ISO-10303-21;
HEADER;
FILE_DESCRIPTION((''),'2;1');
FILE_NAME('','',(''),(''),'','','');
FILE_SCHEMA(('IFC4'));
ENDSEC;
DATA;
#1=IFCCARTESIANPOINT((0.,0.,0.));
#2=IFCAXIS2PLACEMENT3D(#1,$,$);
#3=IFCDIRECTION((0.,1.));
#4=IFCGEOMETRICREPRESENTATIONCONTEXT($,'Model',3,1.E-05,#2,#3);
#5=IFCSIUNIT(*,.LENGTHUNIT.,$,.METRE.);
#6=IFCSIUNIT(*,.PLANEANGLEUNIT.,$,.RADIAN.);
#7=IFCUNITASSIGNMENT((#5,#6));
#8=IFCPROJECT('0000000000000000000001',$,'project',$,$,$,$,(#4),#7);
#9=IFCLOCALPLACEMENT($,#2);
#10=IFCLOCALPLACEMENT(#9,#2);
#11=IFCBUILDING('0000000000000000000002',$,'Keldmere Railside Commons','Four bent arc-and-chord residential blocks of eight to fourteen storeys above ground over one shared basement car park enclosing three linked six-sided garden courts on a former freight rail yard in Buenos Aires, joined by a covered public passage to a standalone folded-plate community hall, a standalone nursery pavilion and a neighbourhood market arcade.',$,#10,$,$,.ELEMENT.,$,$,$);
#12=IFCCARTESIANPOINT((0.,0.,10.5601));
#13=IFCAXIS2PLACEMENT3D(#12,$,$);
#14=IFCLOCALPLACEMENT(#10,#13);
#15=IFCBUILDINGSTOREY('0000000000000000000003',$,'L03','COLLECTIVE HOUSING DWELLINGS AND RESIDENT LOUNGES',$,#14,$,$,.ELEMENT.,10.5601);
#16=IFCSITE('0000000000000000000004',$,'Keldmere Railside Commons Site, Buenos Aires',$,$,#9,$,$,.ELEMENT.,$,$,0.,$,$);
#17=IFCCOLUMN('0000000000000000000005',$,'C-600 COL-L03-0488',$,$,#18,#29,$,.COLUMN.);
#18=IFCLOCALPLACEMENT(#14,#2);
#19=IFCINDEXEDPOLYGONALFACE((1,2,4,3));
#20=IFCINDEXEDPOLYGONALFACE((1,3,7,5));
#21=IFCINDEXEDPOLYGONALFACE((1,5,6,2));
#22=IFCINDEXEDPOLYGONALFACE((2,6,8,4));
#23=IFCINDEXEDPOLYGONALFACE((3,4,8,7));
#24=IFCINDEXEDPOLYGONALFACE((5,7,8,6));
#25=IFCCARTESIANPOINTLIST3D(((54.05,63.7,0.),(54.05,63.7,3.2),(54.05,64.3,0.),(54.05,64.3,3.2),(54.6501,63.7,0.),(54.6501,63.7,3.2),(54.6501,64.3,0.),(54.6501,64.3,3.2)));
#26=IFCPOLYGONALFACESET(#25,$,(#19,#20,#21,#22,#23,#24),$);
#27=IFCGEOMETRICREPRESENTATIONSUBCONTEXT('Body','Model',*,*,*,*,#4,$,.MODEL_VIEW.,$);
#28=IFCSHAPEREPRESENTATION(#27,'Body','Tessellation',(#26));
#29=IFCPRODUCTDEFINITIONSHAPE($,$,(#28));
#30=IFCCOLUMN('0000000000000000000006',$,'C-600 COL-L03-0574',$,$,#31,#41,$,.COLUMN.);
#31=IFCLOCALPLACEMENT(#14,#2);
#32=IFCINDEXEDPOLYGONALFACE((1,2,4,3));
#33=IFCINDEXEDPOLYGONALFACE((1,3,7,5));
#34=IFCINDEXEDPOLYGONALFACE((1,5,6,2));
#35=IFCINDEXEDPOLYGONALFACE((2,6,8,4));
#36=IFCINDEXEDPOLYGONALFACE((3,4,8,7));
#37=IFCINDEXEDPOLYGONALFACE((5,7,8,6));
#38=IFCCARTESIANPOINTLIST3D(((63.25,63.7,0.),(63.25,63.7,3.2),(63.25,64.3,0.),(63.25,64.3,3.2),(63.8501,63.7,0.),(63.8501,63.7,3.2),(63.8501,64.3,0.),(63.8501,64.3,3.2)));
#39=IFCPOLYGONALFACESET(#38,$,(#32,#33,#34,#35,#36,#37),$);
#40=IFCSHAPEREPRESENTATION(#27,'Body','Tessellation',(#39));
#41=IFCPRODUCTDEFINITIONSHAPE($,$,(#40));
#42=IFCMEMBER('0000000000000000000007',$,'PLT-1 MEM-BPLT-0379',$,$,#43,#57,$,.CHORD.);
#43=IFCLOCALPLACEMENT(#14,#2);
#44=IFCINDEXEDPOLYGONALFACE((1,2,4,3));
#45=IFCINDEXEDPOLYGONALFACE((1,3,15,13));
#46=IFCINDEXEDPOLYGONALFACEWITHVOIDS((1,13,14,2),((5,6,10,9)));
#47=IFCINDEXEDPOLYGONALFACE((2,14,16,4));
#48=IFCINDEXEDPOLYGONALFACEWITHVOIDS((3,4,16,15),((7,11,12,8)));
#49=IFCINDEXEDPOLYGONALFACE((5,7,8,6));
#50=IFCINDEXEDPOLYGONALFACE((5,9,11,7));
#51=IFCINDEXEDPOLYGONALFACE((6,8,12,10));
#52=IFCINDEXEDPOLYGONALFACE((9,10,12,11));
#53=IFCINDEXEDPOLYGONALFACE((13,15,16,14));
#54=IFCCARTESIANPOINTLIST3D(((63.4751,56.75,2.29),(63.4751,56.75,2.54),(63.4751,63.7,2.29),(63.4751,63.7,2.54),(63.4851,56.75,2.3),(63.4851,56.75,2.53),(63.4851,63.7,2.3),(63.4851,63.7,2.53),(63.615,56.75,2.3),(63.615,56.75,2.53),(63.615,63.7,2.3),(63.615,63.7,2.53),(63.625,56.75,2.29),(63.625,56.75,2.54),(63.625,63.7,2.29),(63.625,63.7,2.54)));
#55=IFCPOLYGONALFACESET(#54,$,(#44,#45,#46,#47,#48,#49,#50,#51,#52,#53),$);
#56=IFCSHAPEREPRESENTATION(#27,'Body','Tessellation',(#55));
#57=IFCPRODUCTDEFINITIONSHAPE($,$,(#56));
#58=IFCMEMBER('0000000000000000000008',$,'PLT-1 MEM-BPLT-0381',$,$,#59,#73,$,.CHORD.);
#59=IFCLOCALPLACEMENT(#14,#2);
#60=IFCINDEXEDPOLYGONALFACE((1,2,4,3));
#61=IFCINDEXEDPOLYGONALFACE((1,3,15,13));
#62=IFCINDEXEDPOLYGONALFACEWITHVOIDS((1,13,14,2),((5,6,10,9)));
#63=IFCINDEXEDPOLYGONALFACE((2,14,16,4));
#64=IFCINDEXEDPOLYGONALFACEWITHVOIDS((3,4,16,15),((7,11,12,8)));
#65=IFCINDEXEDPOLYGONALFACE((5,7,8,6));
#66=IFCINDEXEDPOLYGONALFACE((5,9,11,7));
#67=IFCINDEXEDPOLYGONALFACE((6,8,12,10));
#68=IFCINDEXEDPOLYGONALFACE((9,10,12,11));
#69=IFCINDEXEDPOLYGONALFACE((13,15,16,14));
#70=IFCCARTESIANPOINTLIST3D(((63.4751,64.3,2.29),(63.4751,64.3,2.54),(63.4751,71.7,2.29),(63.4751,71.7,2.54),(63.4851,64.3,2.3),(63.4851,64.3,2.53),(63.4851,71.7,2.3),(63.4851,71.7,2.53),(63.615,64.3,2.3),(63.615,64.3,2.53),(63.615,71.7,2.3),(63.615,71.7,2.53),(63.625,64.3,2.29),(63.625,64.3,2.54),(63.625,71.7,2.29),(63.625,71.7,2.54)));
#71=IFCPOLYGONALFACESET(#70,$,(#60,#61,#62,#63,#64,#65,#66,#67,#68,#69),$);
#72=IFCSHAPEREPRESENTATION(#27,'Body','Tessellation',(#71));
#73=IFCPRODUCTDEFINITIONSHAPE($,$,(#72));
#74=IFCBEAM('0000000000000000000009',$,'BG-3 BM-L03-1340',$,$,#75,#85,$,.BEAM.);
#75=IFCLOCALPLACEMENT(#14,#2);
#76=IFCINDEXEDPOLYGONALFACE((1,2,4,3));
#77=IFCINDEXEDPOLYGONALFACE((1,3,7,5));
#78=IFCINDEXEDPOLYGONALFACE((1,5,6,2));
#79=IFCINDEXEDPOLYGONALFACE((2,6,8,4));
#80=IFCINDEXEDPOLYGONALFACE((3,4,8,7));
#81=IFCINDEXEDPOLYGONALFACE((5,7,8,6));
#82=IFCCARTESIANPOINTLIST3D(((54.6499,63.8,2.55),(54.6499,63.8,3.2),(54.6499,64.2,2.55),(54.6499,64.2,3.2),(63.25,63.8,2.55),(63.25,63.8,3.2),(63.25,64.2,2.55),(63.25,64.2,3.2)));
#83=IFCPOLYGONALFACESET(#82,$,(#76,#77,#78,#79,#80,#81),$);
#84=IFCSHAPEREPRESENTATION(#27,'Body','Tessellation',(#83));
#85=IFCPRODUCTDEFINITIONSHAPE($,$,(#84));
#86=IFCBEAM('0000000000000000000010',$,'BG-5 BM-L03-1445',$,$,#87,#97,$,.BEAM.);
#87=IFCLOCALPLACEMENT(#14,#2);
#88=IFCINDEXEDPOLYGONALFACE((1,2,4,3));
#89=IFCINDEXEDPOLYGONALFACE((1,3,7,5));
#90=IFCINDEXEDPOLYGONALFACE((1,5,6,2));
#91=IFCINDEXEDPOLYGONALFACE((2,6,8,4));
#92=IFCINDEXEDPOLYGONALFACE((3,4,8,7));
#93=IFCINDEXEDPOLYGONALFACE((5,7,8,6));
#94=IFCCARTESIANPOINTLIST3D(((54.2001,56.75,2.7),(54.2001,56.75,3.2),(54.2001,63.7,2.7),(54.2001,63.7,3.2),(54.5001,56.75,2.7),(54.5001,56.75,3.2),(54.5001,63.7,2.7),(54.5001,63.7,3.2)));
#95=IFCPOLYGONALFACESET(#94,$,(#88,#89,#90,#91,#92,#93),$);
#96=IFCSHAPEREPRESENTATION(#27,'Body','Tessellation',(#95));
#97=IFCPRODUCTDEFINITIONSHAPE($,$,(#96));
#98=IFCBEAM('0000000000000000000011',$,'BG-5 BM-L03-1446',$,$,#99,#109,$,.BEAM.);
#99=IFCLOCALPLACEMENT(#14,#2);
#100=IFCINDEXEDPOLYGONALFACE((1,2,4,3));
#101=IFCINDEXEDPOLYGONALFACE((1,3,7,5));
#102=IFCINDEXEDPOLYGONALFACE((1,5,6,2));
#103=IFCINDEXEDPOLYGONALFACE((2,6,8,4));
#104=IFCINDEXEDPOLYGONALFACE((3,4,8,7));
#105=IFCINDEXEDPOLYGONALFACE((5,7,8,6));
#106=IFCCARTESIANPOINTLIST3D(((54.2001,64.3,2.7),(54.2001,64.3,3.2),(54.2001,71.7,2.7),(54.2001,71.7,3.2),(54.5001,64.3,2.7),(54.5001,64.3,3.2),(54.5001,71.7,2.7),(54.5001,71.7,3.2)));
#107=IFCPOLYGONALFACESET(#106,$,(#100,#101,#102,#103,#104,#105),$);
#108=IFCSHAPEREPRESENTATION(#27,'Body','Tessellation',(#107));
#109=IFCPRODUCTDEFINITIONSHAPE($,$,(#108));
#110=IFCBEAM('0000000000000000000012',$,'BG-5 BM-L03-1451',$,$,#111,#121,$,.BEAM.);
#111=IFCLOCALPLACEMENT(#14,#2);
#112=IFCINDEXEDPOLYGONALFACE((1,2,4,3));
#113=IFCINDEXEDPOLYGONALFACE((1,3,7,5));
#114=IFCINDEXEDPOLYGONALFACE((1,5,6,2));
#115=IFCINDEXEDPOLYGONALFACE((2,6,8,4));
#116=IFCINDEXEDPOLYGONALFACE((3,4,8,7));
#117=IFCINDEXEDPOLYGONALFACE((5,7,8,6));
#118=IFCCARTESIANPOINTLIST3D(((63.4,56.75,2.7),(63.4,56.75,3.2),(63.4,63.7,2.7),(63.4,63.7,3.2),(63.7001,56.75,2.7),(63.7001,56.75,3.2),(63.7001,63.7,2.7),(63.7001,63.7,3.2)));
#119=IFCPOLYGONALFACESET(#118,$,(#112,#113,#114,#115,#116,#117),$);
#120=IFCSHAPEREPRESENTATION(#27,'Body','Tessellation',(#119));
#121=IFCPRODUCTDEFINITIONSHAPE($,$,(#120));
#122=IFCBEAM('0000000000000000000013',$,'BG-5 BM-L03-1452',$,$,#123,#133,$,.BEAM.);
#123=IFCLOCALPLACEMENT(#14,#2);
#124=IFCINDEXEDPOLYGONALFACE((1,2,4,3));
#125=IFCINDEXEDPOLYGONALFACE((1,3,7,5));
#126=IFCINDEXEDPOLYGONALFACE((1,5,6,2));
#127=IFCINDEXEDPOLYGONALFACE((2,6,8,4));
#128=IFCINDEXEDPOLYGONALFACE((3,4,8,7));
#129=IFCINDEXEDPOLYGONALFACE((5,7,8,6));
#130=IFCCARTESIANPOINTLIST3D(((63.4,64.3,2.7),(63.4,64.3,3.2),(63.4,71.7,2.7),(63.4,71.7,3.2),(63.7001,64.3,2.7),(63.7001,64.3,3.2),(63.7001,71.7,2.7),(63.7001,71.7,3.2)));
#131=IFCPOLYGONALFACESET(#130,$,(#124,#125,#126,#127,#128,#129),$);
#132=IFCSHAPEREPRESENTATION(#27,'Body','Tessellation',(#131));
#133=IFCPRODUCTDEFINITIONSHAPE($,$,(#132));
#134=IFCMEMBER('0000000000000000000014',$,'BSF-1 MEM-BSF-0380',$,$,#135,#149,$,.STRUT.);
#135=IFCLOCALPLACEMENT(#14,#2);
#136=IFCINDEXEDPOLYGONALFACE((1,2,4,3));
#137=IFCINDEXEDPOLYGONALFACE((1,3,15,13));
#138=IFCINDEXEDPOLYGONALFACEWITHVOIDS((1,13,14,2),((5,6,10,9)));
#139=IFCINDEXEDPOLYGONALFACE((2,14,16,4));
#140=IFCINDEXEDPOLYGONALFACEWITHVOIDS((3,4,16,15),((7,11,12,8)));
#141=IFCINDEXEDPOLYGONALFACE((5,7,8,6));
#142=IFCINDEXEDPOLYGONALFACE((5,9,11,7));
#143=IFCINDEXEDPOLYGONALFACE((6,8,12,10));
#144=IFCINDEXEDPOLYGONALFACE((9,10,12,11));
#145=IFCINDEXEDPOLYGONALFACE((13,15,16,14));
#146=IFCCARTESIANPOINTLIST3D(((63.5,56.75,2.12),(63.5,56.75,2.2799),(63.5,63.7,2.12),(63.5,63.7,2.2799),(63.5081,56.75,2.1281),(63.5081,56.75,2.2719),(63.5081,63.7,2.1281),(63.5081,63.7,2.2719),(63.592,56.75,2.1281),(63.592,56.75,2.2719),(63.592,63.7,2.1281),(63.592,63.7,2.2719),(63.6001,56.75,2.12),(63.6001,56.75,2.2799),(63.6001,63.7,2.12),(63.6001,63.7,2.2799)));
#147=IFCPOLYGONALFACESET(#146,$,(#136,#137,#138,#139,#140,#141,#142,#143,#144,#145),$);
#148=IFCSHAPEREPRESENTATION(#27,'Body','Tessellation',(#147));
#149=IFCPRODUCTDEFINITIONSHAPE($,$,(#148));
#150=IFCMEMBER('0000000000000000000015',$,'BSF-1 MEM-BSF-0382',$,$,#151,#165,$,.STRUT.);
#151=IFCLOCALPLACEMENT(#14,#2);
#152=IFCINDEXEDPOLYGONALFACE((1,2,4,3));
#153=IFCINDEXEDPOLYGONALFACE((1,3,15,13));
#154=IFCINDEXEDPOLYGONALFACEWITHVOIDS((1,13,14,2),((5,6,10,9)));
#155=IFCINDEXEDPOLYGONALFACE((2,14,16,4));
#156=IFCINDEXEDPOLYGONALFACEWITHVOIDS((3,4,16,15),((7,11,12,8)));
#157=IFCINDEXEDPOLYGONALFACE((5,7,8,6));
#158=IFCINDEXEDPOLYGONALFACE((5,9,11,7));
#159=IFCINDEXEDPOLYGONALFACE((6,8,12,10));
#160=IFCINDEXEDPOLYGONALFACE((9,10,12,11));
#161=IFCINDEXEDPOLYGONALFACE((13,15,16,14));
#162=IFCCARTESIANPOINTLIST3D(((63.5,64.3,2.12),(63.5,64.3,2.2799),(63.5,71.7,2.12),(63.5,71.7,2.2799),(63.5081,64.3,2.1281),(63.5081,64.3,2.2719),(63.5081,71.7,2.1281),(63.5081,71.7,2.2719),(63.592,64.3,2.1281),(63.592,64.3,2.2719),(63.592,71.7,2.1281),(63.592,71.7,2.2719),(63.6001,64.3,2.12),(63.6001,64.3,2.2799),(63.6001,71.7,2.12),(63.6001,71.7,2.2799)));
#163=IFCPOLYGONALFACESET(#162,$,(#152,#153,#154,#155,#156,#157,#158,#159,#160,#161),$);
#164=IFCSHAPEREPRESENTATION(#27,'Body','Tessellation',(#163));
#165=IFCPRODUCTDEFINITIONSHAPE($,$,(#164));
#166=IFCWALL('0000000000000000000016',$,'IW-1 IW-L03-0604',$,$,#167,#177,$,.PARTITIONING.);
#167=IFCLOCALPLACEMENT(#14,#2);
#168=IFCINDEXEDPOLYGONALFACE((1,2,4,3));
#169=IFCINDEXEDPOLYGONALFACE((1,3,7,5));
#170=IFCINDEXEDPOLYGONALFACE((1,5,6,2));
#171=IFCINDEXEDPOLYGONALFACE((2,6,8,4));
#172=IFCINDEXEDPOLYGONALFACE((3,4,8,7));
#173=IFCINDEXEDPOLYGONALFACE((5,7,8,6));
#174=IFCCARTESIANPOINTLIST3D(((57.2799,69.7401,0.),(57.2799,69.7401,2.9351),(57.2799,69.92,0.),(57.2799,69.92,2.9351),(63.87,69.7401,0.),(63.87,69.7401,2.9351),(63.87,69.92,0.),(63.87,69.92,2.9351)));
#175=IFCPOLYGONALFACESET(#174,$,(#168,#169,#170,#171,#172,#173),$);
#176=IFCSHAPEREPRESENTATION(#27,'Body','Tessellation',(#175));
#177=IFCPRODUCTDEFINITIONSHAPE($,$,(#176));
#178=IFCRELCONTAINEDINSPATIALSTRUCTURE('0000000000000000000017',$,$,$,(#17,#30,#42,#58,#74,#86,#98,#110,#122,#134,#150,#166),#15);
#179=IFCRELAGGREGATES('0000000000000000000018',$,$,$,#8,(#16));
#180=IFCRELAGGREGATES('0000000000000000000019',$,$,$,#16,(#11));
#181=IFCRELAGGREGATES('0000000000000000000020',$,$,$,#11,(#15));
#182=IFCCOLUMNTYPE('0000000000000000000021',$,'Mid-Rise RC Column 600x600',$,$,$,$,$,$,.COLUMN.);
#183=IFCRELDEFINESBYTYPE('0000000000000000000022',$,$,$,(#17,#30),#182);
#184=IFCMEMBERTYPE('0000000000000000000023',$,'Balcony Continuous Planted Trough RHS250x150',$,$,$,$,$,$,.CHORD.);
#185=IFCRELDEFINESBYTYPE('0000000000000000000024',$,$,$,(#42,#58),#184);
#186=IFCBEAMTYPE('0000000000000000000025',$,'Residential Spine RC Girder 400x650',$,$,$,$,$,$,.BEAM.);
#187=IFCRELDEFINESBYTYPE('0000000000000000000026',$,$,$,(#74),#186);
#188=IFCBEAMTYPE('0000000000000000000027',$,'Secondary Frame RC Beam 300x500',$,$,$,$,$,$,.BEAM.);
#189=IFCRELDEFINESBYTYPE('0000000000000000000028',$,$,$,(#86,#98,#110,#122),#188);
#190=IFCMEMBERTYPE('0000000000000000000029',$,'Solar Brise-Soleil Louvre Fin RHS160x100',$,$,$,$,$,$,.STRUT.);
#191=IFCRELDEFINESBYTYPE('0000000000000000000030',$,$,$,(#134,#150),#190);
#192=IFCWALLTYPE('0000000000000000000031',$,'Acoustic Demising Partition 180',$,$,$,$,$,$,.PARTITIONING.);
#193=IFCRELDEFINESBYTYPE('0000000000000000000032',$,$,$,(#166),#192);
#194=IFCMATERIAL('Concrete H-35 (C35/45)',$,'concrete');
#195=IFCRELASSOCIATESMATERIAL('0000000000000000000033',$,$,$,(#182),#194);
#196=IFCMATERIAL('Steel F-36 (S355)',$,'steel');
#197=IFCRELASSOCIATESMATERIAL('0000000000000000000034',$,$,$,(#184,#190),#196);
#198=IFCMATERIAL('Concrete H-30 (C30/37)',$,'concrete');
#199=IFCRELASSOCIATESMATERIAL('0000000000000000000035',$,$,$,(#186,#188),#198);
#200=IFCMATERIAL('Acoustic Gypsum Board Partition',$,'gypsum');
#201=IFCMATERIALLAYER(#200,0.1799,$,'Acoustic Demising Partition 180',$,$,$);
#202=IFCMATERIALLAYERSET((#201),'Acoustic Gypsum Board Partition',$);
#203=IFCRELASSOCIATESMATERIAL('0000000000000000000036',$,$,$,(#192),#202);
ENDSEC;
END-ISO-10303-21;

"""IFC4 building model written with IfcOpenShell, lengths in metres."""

from ifc_helpers import new_model, si_unit, direction, frame, frame_2d, origin, origin_2d, place, context, subcontext, project, spatial, rectangle, hollow_rectangle, extrude, material, layer, layer_set, material_profile, profile_set, type_object, element, save


model = new_model("IFC4")

# Units and contexts
model_context = context("Model", 3, precision=1e-05, world=origin(), true_north=direction((0.0, 1.0)))
body_context = subcontext(model_context, "Body", "Model", "MODEL_VIEW")
ifc_project = project(units=[si_unit("LENGTHUNIT", "METRE"), si_unit("PLANEANGLEUNIT", "RADIAN")], contexts=[model_context])

# Site, building, storey
site_placement = place(None, origin())
site = spatial("IfcSite", under=ifc_project, at=site_placement, Name="Keldmere Railside Commons Site, Buenos Aires", CompositionType="ELEMENT", RefElevation=0.0)
building_placement = place(site_placement, origin())
building = spatial("IfcBuilding", under=site, at=building_placement, Name="Keldmere Railside Commons", Description="Four bent arc-and-chord residential blocks of eight to fourteen storeys above ground over one shared basement car park enclosing three linked six-sided garden courts on a former freight rail yard in Buenos Aires, joined by a covered public passage to a standalone folded-plate community hall, a standalone nursery pavilion and a neighbourhood market arcade.", CompositionType="ELEMENT")
storey_placement = place(building_placement, frame((0.0, 0.0, 10.5601)))
storey = spatial("IfcBuildingStorey", under=building, at=storey_placement, Name="L03", Description="COLLECTIVE HOUSING DWELLINGS AND RESIDENT LOUNGES", CompositionType="ELEMENT", Elevation=10.5601)

# Columns
ifc_material_1 = material(Name="Concrete H-35 (C35/45)", Category="concrete")
ifc_material_profile_1 = material_profile(ifc_material_1, rectangle(XDim=0.6001, YDim=0.6001, at=origin_2d()), Name="RC-600x600")
ifc_profile_set_1 = profile_set([ifc_material_profile_1], Name="Concrete H-35 (C35/45)")
column_type = type_object("IfcColumnType", Name="Mid-Rise RC Column 600x600", PredefinedType="COLUMN", material=ifc_profile_set_1)
for number, where, z_axis, x_axis, name in (
    (1, (54.3501, 64.0, 0.0), (0.0, 0.0, 1.0), (1.0, 0.0, 0.0), "C-600 COL-L03-0488"),
    (2, (63.55, 64.0, 0.0), (0.0, 0.0, 1.0), (1.0, 0.0, 0.0), "C-600 COL-L03-0574"),
):
    element("IfcColumn", number, at=place(storey_placement, frame(where, z_axis=z_axis, x_axis=x_axis)), inside=storey, type_object=column_type, Name=name, PredefinedType="COLUMN", context=body_context, shape_type="SweptSolid", body=[
        extrude(rectangle(XDim=0.6001, YDim=0.6001, at=origin_2d()), origin(), (0.0, 0.0, 1.0), 3.2),
    ])

# Members
ifc_material_2 = material(Name="Steel F-36 (S355)", Category="steel")
ifc_material_profile_2 = material_profile(ifc_material_2, hollow_rectangle(XDim=0.1499, YDim=0.25, WallThickness=0.01, at=origin_2d()), Name="RHS-250x150x10")
ifc_profile_set_2 = profile_set([ifc_material_profile_2], Name="Steel F-36 (S355)")
member_type_1 = type_object("IfcMemberType", Name="Balcony Continuous Planted Trough RHS250x150", PredefinedType="CHORD", material=ifc_profile_set_2)
member_1_placement = place(storey_placement, frame((63.55, 56.75, 2.415), z_axis=(0.0, 1.0, 0.0), x_axis=(-1.0, 0.0, 0.0)))
element("IfcMember", 3, at=member_1_placement, inside=storey, type_object=member_type_1, Name="PLT-1 MEM-BPLT-0379", PredefinedType="CHORD", context=body_context, shape_type="SweptSolid", body=[
    extrude(hollow_rectangle(XDim=0.1499, YDim=0.25, WallThickness=0.01, at=origin_2d()), origin(), (0.0, 0.0, 1.0), 6.95),
])
member_2_placement = place(storey_placement, frame((63.55, 64.3, 2.415), z_axis=(0.0, 1.0, 0.0), x_axis=(-1.0, 0.0, 0.0)))
element("IfcMember", 4, at=member_2_placement, inside=storey, type_object=member_type_1, Name="PLT-1 MEM-BPLT-0381", PredefinedType="CHORD", context=body_context, shape_type="SweptSolid", body=[
    extrude(hollow_rectangle(XDim=0.1499, YDim=0.25, WallThickness=0.01, at=origin_2d()), origin(), (0.0, 0.0, 1.0), 7.3999),
])

# Beams
ifc_material_3 = material(Name="Concrete H-30 (C30/37)", Category="concrete")
ifc_material_profile_3 = material_profile(ifc_material_3, rectangle(XDim=0.3999, YDim=0.6499, at=origin_2d()), Name="RC-400x650")
ifc_profile_set_3 = profile_set([ifc_material_profile_3], Name="Concrete H-30 (C30/37)")
beam_type_1 = type_object("IfcBeamType", Name="Residential Spine RC Girder 400x650", PredefinedType="BEAM", material=ifc_profile_set_3)
beam_1_placement = place(storey_placement, frame((54.6499, 64.0, 2.875), z_axis=(1.0, 0.0, 0.0), x_axis=(0.0, 1.0, 0.0)))
element("IfcBeam", 5, at=beam_1_placement, inside=storey, type_object=beam_type_1, Name="BG-3 BM-L03-1340", PredefinedType="BEAM", context=body_context, shape_type="SweptSolid", body=[
    extrude(rectangle(XDim=0.3999, YDim=0.6499, at=origin_2d()), origin(), (0.0, 0.0, 1.0), 8.6001),
])
ifc_material_profile_4 = material_profile(ifc_material_3, rectangle(XDim=0.3, YDim=0.5, at=origin_2d()), Name="RC-300x500")
ifc_profile_set_4 = profile_set([ifc_material_profile_4], Name="Concrete H-30 (C30/37)")
beam_type_2 = type_object("IfcBeamType", Name="Secondary Frame RC Beam 300x500", PredefinedType="BEAM", material=ifc_profile_set_4)
beam_2_placement = place(storey_placement, frame((54.3501, 56.75, 2.95), z_axis=(0.0, 1.0, 0.0), x_axis=(-1.0, 0.0, 0.0)))
element("IfcBeam", 6, at=beam_2_placement, inside=storey, type_object=beam_type_2, Name="BG-5 BM-L03-1445", PredefinedType="BEAM", context=body_context, shape_type="SweptSolid", body=[
    extrude(rectangle(XDim=0.3, YDim=0.5, at=origin_2d()), origin(), (0.0, 0.0, 1.0), 6.95),
])
beam_3_placement = place(storey_placement, frame((54.3501, 64.3, 2.95), z_axis=(0.0, 1.0, 0.0), x_axis=(-1.0, 0.0, 0.0)))
element("IfcBeam", 7, at=beam_3_placement, inside=storey, type_object=beam_type_2, Name="BG-5 BM-L03-1446", PredefinedType="BEAM", context=body_context, shape_type="SweptSolid", body=[
    extrude(rectangle(XDim=0.3, YDim=0.5, at=origin_2d()), origin(), (0.0, 0.0, 1.0), 7.3999),
])
beam_4_placement = place(storey_placement, frame((63.55, 56.75, 2.95), z_axis=(0.0, 1.0, 0.0), x_axis=(-1.0, 0.0, 0.0)))
element("IfcBeam", 8, at=beam_4_placement, inside=storey, type_object=beam_type_2, Name="BG-5 BM-L03-1451", PredefinedType="BEAM", context=body_context, shape_type="SweptSolid", body=[
    extrude(rectangle(XDim=0.3, YDim=0.5, at=origin_2d()), origin(), (0.0, 0.0, 1.0), 6.95),
])
beam_5_placement = place(storey_placement, frame((63.55, 64.3, 2.95), z_axis=(0.0, 1.0, 0.0), x_axis=(-1.0, 0.0, 0.0)))
element("IfcBeam", 9, at=beam_5_placement, inside=storey, type_object=beam_type_2, Name="BG-5 BM-L03-1452", PredefinedType="BEAM", context=body_context, shape_type="SweptSolid", body=[
    extrude(rectangle(XDim=0.3, YDim=0.5, at=origin_2d()), origin(), (0.0, 0.0, 1.0), 7.3999),
])

# Members
ifc_material_profile_5 = material_profile(ifc_material_2, hollow_rectangle(XDim=0.1001, YDim=0.1599, WallThickness=0.0081, at=origin_2d()), Name="RHS-160x100x8")
ifc_profile_set_5 = profile_set([ifc_material_profile_5], Name="Steel F-36 (S355)")
member_type_2 = type_object("IfcMemberType", Name="Solar Brise-Soleil Louvre Fin RHS160x100", PredefinedType="STRUT", material=ifc_profile_set_5)
member_3_placement = place(storey_placement, frame((63.55, 56.75, 2.2), z_axis=(0.0, 1.0, 0.0), x_axis=(-1.0, 0.0, 0.0)))
element("IfcMember", 10, at=member_3_placement, inside=storey, type_object=member_type_2, Name="BSF-1 MEM-BSF-0380", PredefinedType="STRUT", context=body_context, shape_type="SweptSolid", body=[
    extrude(hollow_rectangle(XDim=0.1001, YDim=0.1599, WallThickness=0.0081, at=origin_2d()), origin(), (0.0, 0.0, 1.0), 6.95),
])
member_4_placement = place(storey_placement, frame((63.55, 64.3, 2.2), z_axis=(0.0, 1.0, 0.0), x_axis=(-1.0, 0.0, 0.0)))
element("IfcMember", 11, at=member_4_placement, inside=storey, type_object=member_type_2, Name="BSF-1 MEM-BSF-0382", PredefinedType="STRUT", context=body_context, shape_type="SweptSolid", body=[
    extrude(hollow_rectangle(XDim=0.1001, YDim=0.1599, WallThickness=0.0081, at=origin_2d()), origin(), (0.0, 0.0, 1.0), 7.3999),
])

# Wall
ifc_material_4 = material(Name="Acoustic Gypsum Board Partition", Category="gypsum")
ifc_layer_1 = layer(ifc_material_4, 0.1799, Name="Acoustic Demising Partition 180")
ifc_layer_set_1 = layer_set([ifc_layer_1], Name="Acoustic Gypsum Board Partition")
wall_type_1 = type_object("IfcWallType", Name="Acoustic Demising Partition 180", PredefinedType="PARTITIONING", material=ifc_layer_set_1)
wall_1_placement = place(storey_placement, frame((57.28, 69.8301, 0.0), z_axis=(0.0, 0.0, 1.0), x_axis=(1.0, 0.0, 0.0)))
element("IfcWall", 12, at=wall_1_placement, inside=storey, type_object=wall_type_1, Name="IW-1 IW-L03-0604", PredefinedType="PARTITIONING", context=body_context, shape_type="SweptSolid", body=[
    extrude(rectangle(XDim=6.5901, YDim=0.1799, at=frame_2d((3.2949, 0.0))), origin(), (0.0, 0.0, 1.0), 2.9351),
])

save(model, "model.ifc")
